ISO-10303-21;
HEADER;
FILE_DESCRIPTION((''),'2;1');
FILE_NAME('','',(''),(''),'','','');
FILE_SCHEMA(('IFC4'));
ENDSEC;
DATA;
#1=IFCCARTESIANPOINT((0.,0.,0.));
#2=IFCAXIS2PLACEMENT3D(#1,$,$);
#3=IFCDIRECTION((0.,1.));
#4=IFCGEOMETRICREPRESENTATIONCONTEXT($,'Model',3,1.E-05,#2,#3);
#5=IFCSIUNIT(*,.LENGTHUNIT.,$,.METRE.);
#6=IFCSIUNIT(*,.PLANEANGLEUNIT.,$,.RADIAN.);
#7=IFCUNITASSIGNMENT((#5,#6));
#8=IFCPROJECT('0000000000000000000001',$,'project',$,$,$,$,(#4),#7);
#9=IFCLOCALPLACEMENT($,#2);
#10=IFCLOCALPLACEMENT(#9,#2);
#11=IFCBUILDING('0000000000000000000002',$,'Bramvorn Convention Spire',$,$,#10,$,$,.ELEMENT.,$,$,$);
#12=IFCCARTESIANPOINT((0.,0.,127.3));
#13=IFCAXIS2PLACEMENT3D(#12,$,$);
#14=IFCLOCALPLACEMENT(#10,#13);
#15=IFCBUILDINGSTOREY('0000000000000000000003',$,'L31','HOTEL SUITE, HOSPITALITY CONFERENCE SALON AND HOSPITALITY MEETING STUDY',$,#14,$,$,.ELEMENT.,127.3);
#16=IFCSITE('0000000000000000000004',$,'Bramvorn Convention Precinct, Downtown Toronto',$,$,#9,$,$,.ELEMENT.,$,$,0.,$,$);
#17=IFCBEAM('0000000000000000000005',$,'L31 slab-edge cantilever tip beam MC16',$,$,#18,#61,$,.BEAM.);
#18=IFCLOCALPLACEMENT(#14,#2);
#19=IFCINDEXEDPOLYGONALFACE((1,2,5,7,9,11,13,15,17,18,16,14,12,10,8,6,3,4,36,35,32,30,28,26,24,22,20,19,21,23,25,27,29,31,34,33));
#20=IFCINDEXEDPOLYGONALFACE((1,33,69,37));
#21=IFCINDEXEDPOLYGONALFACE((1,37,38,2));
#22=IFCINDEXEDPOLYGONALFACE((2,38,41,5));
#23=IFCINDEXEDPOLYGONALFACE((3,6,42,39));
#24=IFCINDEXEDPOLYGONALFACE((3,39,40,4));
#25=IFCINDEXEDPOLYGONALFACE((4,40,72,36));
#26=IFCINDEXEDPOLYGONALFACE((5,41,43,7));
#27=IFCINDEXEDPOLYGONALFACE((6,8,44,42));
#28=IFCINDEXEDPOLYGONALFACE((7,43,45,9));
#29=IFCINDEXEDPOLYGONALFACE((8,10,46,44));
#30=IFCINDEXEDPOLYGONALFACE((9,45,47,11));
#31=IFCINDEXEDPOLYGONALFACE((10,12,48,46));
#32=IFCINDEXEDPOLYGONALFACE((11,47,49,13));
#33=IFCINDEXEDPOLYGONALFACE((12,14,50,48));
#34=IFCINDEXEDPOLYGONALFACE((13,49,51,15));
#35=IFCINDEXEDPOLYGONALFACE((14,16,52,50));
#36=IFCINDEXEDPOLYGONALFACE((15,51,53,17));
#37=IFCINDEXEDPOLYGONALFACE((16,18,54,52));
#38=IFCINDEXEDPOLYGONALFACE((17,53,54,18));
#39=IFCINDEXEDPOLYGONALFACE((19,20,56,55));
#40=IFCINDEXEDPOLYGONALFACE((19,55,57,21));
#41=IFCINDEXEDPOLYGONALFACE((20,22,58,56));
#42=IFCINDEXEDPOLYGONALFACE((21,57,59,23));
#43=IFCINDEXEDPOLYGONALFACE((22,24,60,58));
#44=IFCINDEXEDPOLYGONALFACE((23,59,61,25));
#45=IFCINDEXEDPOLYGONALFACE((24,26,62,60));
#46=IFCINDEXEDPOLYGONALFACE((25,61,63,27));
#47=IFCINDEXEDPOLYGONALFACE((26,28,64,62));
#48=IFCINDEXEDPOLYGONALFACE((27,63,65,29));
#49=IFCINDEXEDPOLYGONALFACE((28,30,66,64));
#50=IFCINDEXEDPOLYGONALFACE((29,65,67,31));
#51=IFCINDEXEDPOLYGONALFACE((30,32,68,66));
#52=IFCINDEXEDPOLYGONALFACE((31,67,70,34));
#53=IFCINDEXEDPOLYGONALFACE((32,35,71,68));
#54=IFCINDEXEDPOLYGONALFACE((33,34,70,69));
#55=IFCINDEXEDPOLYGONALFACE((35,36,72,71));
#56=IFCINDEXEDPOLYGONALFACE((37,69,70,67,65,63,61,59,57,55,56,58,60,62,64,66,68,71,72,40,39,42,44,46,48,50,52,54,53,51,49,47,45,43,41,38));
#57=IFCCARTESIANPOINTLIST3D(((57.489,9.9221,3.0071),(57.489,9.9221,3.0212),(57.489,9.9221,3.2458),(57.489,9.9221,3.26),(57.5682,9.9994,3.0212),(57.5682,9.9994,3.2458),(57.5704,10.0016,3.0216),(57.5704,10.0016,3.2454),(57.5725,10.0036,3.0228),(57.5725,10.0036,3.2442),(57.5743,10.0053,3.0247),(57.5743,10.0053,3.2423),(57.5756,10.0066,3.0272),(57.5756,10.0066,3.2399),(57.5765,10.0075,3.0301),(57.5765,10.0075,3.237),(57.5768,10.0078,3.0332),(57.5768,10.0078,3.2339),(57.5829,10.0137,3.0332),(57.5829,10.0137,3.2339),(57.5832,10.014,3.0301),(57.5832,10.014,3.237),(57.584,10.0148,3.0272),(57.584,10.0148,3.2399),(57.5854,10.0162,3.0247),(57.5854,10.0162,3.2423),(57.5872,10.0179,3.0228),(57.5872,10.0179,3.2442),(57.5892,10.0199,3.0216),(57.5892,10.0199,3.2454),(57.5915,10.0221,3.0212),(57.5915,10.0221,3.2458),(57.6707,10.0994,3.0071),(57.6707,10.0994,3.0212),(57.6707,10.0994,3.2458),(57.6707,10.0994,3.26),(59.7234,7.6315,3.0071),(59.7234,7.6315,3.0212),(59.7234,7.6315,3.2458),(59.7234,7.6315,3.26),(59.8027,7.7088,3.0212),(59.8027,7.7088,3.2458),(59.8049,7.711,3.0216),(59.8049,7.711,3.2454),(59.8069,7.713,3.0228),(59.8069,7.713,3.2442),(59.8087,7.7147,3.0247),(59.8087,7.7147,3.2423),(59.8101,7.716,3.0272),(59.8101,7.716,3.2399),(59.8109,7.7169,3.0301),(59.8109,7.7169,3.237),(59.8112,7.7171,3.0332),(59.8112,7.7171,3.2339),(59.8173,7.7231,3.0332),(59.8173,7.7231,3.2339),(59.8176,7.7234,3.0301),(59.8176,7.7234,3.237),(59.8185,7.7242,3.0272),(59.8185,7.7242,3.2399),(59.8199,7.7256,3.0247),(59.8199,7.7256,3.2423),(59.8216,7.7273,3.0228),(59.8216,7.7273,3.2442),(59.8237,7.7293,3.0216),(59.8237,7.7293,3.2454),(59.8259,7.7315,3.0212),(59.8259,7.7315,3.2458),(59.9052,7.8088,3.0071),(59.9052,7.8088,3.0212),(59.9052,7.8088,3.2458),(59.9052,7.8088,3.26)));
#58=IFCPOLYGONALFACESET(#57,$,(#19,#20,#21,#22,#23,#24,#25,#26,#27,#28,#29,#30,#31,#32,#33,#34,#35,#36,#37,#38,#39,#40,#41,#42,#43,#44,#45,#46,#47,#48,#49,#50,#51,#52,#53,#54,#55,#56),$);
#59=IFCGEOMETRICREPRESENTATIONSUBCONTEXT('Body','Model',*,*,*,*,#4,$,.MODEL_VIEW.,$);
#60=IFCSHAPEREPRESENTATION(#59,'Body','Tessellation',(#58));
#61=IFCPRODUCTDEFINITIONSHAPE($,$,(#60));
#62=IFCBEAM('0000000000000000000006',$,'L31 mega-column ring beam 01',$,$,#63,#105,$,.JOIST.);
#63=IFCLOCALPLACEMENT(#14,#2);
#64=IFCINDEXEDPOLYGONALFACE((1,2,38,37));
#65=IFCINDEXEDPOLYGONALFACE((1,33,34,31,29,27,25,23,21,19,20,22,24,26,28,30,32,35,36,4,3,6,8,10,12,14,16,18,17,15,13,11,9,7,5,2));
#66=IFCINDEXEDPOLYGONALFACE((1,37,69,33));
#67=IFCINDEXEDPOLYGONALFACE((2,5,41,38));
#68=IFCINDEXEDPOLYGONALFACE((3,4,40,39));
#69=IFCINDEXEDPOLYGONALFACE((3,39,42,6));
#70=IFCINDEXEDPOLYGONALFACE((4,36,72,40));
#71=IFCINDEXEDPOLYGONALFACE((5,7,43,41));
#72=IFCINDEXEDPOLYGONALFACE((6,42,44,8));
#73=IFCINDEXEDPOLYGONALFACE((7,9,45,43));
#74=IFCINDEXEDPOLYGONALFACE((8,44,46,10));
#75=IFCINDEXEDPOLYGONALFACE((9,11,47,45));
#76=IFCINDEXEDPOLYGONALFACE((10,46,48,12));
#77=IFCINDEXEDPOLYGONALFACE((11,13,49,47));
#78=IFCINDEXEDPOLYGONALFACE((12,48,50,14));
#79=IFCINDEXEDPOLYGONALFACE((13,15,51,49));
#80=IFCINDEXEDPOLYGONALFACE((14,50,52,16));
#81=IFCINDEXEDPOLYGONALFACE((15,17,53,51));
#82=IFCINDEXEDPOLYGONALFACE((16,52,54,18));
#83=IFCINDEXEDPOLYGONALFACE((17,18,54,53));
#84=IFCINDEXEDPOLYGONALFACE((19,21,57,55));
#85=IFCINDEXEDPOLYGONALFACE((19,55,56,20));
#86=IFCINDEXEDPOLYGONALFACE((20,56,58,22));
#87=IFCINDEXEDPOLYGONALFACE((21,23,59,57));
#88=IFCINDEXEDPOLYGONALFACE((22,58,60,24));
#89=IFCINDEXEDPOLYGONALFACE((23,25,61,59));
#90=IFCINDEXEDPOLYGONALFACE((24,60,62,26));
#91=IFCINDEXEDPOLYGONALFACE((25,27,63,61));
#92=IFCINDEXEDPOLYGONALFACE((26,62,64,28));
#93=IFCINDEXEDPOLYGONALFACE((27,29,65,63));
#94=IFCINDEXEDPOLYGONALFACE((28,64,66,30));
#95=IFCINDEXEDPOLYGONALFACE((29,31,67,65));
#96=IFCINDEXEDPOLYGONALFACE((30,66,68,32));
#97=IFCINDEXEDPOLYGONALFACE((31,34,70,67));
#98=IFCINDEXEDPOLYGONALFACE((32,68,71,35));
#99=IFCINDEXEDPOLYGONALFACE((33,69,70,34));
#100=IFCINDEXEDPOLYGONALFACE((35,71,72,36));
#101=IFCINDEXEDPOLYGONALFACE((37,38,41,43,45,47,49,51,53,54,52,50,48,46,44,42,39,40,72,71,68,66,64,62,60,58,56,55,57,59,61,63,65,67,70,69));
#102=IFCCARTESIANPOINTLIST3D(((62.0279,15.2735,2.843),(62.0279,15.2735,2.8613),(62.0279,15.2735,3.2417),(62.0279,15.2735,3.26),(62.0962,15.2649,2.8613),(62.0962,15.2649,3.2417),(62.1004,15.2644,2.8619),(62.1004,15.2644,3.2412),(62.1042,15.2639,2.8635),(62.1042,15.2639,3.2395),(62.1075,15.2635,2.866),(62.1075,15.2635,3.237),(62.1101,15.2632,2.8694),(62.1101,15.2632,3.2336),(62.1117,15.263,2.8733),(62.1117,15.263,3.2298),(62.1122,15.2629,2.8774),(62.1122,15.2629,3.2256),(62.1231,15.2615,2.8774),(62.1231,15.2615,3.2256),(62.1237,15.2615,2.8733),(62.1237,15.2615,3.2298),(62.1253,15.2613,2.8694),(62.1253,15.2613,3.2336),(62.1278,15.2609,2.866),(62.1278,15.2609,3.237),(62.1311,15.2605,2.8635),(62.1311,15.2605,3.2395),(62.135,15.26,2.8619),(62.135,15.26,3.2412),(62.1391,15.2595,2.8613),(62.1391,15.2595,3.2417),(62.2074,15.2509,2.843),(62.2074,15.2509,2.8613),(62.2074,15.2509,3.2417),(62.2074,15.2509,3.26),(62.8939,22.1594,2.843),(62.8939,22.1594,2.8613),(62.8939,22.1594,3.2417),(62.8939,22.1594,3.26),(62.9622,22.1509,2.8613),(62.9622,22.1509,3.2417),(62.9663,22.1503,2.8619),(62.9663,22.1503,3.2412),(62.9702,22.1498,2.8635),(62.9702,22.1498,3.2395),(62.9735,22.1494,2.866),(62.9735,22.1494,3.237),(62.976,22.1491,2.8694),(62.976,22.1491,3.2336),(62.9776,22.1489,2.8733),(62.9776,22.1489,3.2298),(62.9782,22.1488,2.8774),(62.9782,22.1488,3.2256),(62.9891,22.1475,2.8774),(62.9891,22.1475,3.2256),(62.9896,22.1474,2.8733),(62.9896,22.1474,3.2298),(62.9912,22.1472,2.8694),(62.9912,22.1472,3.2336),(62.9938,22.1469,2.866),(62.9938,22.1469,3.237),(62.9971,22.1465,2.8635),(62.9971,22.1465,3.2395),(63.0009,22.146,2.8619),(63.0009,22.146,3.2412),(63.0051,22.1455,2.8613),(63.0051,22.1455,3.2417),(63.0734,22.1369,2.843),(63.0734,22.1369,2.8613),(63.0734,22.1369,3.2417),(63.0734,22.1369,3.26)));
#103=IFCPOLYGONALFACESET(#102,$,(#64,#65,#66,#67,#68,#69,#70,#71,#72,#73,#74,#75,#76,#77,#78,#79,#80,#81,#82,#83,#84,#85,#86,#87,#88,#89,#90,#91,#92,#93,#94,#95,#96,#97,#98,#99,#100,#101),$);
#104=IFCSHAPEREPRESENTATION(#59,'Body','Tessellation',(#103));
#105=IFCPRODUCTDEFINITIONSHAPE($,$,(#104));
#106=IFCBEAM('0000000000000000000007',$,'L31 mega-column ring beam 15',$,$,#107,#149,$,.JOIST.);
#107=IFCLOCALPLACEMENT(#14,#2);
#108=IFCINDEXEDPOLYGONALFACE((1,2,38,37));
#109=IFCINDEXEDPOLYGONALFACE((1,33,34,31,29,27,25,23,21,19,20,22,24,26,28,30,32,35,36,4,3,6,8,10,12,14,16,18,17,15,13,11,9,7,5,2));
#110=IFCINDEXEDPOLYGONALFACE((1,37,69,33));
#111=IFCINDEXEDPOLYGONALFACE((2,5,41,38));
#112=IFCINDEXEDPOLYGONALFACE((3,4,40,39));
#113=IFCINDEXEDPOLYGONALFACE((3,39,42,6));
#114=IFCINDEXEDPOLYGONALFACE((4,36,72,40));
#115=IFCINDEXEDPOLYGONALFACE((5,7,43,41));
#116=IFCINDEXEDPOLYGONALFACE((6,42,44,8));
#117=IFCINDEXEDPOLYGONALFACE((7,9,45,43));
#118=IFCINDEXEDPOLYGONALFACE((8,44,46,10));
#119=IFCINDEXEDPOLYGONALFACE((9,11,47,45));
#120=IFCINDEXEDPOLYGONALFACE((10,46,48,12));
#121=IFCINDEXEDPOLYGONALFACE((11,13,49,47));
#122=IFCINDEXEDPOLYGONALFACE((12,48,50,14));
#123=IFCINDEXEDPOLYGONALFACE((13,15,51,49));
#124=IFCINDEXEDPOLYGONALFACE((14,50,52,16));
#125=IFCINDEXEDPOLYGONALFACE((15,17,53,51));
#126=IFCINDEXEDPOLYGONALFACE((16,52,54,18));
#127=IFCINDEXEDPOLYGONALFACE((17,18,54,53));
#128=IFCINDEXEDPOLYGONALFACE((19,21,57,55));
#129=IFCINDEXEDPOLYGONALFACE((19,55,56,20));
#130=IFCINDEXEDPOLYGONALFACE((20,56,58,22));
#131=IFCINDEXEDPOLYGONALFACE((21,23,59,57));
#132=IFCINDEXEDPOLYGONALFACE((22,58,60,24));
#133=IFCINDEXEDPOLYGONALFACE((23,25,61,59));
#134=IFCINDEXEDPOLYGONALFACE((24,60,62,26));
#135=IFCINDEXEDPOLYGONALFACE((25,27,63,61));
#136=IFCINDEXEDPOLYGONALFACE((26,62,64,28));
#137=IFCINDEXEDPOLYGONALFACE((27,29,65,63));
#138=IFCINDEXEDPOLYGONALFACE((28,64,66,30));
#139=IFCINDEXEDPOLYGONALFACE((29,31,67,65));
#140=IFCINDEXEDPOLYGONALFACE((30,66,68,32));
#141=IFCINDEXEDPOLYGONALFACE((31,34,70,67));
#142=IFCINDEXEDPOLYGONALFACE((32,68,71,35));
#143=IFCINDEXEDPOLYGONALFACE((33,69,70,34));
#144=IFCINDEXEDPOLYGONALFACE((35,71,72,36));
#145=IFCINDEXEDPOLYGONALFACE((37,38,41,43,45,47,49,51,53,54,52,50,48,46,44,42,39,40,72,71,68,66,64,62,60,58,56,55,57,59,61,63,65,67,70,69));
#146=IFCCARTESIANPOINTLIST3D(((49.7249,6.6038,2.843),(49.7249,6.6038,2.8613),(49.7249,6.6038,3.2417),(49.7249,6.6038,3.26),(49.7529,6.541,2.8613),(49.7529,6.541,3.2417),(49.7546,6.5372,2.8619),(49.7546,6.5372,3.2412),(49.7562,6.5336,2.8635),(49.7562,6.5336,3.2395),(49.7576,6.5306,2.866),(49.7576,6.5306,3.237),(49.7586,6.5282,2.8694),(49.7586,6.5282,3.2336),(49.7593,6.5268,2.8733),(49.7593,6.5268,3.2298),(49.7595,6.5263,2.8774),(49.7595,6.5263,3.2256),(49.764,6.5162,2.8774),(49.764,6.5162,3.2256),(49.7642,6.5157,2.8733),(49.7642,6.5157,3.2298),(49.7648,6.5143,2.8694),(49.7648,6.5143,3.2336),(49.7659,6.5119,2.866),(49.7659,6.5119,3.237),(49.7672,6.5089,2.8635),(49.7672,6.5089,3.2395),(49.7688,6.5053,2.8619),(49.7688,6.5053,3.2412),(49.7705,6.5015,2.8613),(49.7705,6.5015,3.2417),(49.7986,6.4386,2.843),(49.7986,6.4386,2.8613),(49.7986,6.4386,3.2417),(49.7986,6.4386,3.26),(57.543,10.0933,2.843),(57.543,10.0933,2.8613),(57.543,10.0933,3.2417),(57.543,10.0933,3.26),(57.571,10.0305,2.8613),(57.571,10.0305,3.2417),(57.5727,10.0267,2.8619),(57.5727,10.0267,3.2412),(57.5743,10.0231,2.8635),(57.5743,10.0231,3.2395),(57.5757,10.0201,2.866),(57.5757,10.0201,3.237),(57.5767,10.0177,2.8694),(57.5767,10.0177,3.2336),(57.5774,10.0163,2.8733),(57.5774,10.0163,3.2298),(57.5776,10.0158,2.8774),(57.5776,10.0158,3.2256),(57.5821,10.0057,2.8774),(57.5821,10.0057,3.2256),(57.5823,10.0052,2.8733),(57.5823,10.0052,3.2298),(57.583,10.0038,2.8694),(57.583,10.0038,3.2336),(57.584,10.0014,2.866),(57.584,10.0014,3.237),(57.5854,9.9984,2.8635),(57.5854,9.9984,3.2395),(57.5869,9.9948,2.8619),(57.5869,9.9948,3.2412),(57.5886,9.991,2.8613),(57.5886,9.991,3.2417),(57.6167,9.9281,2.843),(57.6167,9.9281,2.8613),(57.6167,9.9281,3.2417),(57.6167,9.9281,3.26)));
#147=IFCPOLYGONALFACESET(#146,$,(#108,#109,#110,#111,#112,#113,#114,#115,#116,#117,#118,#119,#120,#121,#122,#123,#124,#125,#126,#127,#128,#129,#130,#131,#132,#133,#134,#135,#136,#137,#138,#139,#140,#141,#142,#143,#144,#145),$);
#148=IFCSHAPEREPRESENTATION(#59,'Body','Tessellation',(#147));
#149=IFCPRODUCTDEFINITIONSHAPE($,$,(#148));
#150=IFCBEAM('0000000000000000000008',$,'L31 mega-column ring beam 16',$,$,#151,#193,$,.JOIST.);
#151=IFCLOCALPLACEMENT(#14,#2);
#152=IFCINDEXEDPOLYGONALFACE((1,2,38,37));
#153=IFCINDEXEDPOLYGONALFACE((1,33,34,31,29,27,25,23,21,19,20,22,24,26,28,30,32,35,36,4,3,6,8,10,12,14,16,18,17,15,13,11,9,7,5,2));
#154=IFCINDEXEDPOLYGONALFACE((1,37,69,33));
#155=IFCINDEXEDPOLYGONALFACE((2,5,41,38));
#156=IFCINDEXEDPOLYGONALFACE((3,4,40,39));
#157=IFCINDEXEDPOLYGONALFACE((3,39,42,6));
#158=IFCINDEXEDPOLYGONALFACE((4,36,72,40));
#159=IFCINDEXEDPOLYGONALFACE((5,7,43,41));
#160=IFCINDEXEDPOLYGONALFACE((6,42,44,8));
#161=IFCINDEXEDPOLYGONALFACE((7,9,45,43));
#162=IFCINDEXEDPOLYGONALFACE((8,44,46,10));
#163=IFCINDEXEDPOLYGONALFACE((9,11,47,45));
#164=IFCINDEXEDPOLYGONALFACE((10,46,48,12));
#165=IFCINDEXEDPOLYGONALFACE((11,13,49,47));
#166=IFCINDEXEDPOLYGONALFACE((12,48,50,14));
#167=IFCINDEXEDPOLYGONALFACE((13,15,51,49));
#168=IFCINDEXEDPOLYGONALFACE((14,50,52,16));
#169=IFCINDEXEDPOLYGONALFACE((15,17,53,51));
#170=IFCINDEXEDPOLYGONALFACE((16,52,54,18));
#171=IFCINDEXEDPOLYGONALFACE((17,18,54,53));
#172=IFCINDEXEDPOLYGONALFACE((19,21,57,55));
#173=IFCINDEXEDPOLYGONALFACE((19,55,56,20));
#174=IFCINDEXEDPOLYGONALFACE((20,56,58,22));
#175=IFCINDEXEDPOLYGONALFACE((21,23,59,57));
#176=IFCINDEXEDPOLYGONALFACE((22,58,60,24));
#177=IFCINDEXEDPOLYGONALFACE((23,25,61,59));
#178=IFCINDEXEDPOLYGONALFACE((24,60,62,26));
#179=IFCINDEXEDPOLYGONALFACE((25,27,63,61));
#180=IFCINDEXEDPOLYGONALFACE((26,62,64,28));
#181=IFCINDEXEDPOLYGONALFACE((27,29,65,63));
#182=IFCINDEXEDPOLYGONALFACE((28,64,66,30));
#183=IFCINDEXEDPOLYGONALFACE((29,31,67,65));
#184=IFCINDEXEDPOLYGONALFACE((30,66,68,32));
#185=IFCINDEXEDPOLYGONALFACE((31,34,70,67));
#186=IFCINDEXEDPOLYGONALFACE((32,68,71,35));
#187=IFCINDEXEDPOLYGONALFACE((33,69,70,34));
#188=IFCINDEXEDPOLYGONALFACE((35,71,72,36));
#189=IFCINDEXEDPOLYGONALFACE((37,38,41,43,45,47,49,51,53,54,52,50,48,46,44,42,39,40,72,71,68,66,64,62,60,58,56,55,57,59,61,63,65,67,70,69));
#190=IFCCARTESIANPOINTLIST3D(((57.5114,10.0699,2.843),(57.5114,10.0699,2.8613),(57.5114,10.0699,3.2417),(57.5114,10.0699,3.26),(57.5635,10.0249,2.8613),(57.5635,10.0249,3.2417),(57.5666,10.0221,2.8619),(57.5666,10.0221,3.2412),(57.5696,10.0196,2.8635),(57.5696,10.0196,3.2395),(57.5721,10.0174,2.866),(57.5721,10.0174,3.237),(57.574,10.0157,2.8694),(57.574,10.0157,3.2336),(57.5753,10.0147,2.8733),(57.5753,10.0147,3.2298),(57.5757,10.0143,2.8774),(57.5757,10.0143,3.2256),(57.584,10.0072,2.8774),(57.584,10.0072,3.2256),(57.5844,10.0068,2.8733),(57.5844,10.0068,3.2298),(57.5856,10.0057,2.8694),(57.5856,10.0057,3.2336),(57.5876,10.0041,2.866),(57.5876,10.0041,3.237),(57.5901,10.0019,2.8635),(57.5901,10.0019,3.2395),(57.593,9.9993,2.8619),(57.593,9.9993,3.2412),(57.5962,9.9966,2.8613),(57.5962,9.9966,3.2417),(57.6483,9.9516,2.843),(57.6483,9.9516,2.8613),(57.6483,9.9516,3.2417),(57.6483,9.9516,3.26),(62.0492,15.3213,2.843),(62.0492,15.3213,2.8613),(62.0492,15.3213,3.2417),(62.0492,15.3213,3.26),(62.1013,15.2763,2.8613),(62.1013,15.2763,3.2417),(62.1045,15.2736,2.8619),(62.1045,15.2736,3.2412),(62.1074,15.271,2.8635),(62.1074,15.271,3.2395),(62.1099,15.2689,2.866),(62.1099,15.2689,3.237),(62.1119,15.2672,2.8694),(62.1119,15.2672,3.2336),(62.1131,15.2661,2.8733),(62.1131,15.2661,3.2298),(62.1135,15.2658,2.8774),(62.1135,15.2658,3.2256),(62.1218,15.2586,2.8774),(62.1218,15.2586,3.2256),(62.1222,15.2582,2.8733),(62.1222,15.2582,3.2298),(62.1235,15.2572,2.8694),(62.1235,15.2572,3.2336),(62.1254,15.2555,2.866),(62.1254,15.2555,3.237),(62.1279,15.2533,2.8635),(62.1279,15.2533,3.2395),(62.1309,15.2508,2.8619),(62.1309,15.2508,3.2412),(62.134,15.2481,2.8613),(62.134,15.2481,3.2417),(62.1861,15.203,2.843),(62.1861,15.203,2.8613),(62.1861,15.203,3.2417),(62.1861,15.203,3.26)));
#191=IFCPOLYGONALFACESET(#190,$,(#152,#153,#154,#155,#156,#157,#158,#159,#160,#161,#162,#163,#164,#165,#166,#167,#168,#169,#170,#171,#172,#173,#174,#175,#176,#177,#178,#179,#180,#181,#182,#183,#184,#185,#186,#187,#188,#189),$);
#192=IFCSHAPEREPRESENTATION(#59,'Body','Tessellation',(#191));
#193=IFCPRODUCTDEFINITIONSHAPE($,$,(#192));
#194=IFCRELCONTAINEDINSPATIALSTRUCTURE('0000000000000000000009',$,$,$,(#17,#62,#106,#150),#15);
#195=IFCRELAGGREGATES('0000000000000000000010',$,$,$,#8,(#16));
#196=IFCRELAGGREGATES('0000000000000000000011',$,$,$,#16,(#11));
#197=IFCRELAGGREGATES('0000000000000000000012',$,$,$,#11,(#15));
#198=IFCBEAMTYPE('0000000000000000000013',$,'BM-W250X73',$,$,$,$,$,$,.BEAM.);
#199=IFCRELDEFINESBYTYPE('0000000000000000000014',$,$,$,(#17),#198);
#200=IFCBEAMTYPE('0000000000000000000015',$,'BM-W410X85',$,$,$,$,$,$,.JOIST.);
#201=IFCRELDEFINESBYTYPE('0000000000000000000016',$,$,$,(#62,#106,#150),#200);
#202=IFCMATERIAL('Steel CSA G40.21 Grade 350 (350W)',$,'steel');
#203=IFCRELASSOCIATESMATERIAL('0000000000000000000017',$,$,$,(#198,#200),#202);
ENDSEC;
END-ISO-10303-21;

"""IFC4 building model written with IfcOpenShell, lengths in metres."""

from ifc_helpers import new_model, si_unit, direction, frame, origin, origin_2d, place, context, subcontext, project, spatial, i_section, extrude, material, material_profile, profile_set, type_object, element, save


model = new_model("IFC4")

# Units and contexts
model_context = context("Model", 3, precision=1e-05, world=origin(), true_north=direction((0.0, 1.0)))
body_context = subcontext(model_context, "Body", "Model", "MODEL_VIEW")
ifc_project = project(units=[si_unit("LENGTHUNIT", "METRE"), si_unit("PLANEANGLEUNIT", "RADIAN")], contexts=[model_context])

# Site, building, storey
site_placement = place(None, origin())
site = spatial("IfcSite", under=ifc_project, at=site_placement, Name="Bramvorn Convention Precinct, Downtown Toronto", CompositionType="ELEMENT", RefElevation=0.0)
building_placement = place(site_placement, origin())
building = spatial("IfcBuilding", under=site, at=building_placement, Name="Bramvorn Convention Spire", CompositionType="ELEMENT")
storey_placement = place(building_placement, frame((0.0, 0.0, 127.3)))
storey = spatial("IfcBuildingStorey", under=building, at=storey_placement, Name="L31", Description="HOTEL SUITE, HOSPITALITY CONFERENCE SALON AND HOSPITALITY MEETING STUDY", CompositionType="ELEMENT", Elevation=127.3)

# Shared definitions
ifc_material_1 = material(Name="Steel CSA G40.21 Grade 350 (350W)", Category="steel")

# Beams
ifc_material_profile_1 = material_profile(ifc_material_1, i_section(OverallWidth=0.2539, OverallDepth=0.2529, WebThickness=0.0085, FlangeThickness=0.0142, FilletRadius=0.012, at=origin_2d()))
ifc_profile_set_1 = profile_set([ifc_material_profile_1], Name="Steel CSA G40.21 Grade 350 (350W) - W250X73")
beam_type_1 = type_object("IfcBeamType", Name="BM-W250X73", PredefinedType="BEAM", material=ifc_profile_set_1)
beam_1_placement = place(storey_placement, frame((57.5798, 10.0107, 3.1335), z_axis=(0.698278, -0.715827, 0.0), x_axis=(0.715827, 0.698278, 0.0)))
element("IfcBeam", 1, at=beam_1_placement, inside=storey, type_object=beam_type_1, Name="L31 slab-edge cantilever tip beam MC16", PredefinedType="BEAM", context=body_context, shape_type="SweptSolid", body=[
    extrude(i_section(OverallWidth=0.2539, OverallDepth=0.2529, WebThickness=0.0085, FlangeThickness=0.0142, FilletRadius=0.012, at=origin_2d()), origin(), (0.0, 0.0, 1.0), 3.2),
])
ifc_material_profile_2 = material_profile(ifc_material_1, i_section(OverallWidth=0.1809, OverallDepth=0.417, WebThickness=0.011, FlangeThickness=0.0183, FilletRadius=0.0161, at=origin_2d()))
ifc_profile_set_2 = profile_set([ifc_material_profile_2], Name="Steel CSA G40.21 Grade 350 (350W) - W410X85")
beam_type_2 = type_object("IfcBeamType", Name="BM-W410X85", PredefinedType="JOIST", material=ifc_profile_set_2)
beam_2_placement = place(storey_placement, frame((62.1177, 15.2622, 3.0515), z_axis=(0.124775, 0.992185, 0.0), x_axis=(-0.992185, 0.124775, 0.0)))
element("IfcBeam", 2, at=beam_2_placement, inside=storey, type_object=beam_type_2, Name="L31 mega-column ring beam 01", PredefinedType="JOIST", context=body_context, shape_type="SweptSolid", body=[
    extrude(i_section(OverallWidth=0.1809, OverallDepth=0.417, WebThickness=0.011, FlangeThickness=0.0183, FilletRadius=0.0161, at=origin_2d()), origin(), (0.0, 0.0, 1.0), 6.9402),
])
beam_3_placement = place(storey_placement, frame((49.7617, 6.5212, 3.0515), z_axis=(0.91317, 0.40758, 0.0), x_axis=(-0.40758, 0.91317, 0.0)))
element("IfcBeam", 3, at=beam_3_placement, inside=storey, type_object=beam_type_2, Name="L31 mega-column ring beam 15", PredefinedType="JOIST", context=body_context, shape_type="SweptSolid", body=[
    extrude(i_section(OverallWidth=0.1809, OverallDepth=0.417, WebThickness=0.011, FlangeThickness=0.0183, FilletRadius=0.0161, at=origin_2d()), origin(), (0.0, 0.0, 1.0), 8.5615),
])
beam_4_placement = place(storey_placement, frame((57.5798, 10.0107, 3.0515), z_axis=(0.653825, 0.756646, 0.0), x_axis=(-0.756646, 0.653825, 0.0)))
element("IfcBeam", 4, at=beam_4_placement, inside=storey, type_object=beam_type_2, Name="L31 mega-column ring beam 16", PredefinedType="JOIST", context=body_context, shape_type="SweptSolid", body=[
    extrude(i_section(OverallWidth=0.1809, OverallDepth=0.417, WebThickness=0.011, FlangeThickness=0.0183, FilletRadius=0.0161, at=origin_2d()), origin(), (0.0, 0.0, 1.0), 6.9404),
])

save(model, "model.ifc")
